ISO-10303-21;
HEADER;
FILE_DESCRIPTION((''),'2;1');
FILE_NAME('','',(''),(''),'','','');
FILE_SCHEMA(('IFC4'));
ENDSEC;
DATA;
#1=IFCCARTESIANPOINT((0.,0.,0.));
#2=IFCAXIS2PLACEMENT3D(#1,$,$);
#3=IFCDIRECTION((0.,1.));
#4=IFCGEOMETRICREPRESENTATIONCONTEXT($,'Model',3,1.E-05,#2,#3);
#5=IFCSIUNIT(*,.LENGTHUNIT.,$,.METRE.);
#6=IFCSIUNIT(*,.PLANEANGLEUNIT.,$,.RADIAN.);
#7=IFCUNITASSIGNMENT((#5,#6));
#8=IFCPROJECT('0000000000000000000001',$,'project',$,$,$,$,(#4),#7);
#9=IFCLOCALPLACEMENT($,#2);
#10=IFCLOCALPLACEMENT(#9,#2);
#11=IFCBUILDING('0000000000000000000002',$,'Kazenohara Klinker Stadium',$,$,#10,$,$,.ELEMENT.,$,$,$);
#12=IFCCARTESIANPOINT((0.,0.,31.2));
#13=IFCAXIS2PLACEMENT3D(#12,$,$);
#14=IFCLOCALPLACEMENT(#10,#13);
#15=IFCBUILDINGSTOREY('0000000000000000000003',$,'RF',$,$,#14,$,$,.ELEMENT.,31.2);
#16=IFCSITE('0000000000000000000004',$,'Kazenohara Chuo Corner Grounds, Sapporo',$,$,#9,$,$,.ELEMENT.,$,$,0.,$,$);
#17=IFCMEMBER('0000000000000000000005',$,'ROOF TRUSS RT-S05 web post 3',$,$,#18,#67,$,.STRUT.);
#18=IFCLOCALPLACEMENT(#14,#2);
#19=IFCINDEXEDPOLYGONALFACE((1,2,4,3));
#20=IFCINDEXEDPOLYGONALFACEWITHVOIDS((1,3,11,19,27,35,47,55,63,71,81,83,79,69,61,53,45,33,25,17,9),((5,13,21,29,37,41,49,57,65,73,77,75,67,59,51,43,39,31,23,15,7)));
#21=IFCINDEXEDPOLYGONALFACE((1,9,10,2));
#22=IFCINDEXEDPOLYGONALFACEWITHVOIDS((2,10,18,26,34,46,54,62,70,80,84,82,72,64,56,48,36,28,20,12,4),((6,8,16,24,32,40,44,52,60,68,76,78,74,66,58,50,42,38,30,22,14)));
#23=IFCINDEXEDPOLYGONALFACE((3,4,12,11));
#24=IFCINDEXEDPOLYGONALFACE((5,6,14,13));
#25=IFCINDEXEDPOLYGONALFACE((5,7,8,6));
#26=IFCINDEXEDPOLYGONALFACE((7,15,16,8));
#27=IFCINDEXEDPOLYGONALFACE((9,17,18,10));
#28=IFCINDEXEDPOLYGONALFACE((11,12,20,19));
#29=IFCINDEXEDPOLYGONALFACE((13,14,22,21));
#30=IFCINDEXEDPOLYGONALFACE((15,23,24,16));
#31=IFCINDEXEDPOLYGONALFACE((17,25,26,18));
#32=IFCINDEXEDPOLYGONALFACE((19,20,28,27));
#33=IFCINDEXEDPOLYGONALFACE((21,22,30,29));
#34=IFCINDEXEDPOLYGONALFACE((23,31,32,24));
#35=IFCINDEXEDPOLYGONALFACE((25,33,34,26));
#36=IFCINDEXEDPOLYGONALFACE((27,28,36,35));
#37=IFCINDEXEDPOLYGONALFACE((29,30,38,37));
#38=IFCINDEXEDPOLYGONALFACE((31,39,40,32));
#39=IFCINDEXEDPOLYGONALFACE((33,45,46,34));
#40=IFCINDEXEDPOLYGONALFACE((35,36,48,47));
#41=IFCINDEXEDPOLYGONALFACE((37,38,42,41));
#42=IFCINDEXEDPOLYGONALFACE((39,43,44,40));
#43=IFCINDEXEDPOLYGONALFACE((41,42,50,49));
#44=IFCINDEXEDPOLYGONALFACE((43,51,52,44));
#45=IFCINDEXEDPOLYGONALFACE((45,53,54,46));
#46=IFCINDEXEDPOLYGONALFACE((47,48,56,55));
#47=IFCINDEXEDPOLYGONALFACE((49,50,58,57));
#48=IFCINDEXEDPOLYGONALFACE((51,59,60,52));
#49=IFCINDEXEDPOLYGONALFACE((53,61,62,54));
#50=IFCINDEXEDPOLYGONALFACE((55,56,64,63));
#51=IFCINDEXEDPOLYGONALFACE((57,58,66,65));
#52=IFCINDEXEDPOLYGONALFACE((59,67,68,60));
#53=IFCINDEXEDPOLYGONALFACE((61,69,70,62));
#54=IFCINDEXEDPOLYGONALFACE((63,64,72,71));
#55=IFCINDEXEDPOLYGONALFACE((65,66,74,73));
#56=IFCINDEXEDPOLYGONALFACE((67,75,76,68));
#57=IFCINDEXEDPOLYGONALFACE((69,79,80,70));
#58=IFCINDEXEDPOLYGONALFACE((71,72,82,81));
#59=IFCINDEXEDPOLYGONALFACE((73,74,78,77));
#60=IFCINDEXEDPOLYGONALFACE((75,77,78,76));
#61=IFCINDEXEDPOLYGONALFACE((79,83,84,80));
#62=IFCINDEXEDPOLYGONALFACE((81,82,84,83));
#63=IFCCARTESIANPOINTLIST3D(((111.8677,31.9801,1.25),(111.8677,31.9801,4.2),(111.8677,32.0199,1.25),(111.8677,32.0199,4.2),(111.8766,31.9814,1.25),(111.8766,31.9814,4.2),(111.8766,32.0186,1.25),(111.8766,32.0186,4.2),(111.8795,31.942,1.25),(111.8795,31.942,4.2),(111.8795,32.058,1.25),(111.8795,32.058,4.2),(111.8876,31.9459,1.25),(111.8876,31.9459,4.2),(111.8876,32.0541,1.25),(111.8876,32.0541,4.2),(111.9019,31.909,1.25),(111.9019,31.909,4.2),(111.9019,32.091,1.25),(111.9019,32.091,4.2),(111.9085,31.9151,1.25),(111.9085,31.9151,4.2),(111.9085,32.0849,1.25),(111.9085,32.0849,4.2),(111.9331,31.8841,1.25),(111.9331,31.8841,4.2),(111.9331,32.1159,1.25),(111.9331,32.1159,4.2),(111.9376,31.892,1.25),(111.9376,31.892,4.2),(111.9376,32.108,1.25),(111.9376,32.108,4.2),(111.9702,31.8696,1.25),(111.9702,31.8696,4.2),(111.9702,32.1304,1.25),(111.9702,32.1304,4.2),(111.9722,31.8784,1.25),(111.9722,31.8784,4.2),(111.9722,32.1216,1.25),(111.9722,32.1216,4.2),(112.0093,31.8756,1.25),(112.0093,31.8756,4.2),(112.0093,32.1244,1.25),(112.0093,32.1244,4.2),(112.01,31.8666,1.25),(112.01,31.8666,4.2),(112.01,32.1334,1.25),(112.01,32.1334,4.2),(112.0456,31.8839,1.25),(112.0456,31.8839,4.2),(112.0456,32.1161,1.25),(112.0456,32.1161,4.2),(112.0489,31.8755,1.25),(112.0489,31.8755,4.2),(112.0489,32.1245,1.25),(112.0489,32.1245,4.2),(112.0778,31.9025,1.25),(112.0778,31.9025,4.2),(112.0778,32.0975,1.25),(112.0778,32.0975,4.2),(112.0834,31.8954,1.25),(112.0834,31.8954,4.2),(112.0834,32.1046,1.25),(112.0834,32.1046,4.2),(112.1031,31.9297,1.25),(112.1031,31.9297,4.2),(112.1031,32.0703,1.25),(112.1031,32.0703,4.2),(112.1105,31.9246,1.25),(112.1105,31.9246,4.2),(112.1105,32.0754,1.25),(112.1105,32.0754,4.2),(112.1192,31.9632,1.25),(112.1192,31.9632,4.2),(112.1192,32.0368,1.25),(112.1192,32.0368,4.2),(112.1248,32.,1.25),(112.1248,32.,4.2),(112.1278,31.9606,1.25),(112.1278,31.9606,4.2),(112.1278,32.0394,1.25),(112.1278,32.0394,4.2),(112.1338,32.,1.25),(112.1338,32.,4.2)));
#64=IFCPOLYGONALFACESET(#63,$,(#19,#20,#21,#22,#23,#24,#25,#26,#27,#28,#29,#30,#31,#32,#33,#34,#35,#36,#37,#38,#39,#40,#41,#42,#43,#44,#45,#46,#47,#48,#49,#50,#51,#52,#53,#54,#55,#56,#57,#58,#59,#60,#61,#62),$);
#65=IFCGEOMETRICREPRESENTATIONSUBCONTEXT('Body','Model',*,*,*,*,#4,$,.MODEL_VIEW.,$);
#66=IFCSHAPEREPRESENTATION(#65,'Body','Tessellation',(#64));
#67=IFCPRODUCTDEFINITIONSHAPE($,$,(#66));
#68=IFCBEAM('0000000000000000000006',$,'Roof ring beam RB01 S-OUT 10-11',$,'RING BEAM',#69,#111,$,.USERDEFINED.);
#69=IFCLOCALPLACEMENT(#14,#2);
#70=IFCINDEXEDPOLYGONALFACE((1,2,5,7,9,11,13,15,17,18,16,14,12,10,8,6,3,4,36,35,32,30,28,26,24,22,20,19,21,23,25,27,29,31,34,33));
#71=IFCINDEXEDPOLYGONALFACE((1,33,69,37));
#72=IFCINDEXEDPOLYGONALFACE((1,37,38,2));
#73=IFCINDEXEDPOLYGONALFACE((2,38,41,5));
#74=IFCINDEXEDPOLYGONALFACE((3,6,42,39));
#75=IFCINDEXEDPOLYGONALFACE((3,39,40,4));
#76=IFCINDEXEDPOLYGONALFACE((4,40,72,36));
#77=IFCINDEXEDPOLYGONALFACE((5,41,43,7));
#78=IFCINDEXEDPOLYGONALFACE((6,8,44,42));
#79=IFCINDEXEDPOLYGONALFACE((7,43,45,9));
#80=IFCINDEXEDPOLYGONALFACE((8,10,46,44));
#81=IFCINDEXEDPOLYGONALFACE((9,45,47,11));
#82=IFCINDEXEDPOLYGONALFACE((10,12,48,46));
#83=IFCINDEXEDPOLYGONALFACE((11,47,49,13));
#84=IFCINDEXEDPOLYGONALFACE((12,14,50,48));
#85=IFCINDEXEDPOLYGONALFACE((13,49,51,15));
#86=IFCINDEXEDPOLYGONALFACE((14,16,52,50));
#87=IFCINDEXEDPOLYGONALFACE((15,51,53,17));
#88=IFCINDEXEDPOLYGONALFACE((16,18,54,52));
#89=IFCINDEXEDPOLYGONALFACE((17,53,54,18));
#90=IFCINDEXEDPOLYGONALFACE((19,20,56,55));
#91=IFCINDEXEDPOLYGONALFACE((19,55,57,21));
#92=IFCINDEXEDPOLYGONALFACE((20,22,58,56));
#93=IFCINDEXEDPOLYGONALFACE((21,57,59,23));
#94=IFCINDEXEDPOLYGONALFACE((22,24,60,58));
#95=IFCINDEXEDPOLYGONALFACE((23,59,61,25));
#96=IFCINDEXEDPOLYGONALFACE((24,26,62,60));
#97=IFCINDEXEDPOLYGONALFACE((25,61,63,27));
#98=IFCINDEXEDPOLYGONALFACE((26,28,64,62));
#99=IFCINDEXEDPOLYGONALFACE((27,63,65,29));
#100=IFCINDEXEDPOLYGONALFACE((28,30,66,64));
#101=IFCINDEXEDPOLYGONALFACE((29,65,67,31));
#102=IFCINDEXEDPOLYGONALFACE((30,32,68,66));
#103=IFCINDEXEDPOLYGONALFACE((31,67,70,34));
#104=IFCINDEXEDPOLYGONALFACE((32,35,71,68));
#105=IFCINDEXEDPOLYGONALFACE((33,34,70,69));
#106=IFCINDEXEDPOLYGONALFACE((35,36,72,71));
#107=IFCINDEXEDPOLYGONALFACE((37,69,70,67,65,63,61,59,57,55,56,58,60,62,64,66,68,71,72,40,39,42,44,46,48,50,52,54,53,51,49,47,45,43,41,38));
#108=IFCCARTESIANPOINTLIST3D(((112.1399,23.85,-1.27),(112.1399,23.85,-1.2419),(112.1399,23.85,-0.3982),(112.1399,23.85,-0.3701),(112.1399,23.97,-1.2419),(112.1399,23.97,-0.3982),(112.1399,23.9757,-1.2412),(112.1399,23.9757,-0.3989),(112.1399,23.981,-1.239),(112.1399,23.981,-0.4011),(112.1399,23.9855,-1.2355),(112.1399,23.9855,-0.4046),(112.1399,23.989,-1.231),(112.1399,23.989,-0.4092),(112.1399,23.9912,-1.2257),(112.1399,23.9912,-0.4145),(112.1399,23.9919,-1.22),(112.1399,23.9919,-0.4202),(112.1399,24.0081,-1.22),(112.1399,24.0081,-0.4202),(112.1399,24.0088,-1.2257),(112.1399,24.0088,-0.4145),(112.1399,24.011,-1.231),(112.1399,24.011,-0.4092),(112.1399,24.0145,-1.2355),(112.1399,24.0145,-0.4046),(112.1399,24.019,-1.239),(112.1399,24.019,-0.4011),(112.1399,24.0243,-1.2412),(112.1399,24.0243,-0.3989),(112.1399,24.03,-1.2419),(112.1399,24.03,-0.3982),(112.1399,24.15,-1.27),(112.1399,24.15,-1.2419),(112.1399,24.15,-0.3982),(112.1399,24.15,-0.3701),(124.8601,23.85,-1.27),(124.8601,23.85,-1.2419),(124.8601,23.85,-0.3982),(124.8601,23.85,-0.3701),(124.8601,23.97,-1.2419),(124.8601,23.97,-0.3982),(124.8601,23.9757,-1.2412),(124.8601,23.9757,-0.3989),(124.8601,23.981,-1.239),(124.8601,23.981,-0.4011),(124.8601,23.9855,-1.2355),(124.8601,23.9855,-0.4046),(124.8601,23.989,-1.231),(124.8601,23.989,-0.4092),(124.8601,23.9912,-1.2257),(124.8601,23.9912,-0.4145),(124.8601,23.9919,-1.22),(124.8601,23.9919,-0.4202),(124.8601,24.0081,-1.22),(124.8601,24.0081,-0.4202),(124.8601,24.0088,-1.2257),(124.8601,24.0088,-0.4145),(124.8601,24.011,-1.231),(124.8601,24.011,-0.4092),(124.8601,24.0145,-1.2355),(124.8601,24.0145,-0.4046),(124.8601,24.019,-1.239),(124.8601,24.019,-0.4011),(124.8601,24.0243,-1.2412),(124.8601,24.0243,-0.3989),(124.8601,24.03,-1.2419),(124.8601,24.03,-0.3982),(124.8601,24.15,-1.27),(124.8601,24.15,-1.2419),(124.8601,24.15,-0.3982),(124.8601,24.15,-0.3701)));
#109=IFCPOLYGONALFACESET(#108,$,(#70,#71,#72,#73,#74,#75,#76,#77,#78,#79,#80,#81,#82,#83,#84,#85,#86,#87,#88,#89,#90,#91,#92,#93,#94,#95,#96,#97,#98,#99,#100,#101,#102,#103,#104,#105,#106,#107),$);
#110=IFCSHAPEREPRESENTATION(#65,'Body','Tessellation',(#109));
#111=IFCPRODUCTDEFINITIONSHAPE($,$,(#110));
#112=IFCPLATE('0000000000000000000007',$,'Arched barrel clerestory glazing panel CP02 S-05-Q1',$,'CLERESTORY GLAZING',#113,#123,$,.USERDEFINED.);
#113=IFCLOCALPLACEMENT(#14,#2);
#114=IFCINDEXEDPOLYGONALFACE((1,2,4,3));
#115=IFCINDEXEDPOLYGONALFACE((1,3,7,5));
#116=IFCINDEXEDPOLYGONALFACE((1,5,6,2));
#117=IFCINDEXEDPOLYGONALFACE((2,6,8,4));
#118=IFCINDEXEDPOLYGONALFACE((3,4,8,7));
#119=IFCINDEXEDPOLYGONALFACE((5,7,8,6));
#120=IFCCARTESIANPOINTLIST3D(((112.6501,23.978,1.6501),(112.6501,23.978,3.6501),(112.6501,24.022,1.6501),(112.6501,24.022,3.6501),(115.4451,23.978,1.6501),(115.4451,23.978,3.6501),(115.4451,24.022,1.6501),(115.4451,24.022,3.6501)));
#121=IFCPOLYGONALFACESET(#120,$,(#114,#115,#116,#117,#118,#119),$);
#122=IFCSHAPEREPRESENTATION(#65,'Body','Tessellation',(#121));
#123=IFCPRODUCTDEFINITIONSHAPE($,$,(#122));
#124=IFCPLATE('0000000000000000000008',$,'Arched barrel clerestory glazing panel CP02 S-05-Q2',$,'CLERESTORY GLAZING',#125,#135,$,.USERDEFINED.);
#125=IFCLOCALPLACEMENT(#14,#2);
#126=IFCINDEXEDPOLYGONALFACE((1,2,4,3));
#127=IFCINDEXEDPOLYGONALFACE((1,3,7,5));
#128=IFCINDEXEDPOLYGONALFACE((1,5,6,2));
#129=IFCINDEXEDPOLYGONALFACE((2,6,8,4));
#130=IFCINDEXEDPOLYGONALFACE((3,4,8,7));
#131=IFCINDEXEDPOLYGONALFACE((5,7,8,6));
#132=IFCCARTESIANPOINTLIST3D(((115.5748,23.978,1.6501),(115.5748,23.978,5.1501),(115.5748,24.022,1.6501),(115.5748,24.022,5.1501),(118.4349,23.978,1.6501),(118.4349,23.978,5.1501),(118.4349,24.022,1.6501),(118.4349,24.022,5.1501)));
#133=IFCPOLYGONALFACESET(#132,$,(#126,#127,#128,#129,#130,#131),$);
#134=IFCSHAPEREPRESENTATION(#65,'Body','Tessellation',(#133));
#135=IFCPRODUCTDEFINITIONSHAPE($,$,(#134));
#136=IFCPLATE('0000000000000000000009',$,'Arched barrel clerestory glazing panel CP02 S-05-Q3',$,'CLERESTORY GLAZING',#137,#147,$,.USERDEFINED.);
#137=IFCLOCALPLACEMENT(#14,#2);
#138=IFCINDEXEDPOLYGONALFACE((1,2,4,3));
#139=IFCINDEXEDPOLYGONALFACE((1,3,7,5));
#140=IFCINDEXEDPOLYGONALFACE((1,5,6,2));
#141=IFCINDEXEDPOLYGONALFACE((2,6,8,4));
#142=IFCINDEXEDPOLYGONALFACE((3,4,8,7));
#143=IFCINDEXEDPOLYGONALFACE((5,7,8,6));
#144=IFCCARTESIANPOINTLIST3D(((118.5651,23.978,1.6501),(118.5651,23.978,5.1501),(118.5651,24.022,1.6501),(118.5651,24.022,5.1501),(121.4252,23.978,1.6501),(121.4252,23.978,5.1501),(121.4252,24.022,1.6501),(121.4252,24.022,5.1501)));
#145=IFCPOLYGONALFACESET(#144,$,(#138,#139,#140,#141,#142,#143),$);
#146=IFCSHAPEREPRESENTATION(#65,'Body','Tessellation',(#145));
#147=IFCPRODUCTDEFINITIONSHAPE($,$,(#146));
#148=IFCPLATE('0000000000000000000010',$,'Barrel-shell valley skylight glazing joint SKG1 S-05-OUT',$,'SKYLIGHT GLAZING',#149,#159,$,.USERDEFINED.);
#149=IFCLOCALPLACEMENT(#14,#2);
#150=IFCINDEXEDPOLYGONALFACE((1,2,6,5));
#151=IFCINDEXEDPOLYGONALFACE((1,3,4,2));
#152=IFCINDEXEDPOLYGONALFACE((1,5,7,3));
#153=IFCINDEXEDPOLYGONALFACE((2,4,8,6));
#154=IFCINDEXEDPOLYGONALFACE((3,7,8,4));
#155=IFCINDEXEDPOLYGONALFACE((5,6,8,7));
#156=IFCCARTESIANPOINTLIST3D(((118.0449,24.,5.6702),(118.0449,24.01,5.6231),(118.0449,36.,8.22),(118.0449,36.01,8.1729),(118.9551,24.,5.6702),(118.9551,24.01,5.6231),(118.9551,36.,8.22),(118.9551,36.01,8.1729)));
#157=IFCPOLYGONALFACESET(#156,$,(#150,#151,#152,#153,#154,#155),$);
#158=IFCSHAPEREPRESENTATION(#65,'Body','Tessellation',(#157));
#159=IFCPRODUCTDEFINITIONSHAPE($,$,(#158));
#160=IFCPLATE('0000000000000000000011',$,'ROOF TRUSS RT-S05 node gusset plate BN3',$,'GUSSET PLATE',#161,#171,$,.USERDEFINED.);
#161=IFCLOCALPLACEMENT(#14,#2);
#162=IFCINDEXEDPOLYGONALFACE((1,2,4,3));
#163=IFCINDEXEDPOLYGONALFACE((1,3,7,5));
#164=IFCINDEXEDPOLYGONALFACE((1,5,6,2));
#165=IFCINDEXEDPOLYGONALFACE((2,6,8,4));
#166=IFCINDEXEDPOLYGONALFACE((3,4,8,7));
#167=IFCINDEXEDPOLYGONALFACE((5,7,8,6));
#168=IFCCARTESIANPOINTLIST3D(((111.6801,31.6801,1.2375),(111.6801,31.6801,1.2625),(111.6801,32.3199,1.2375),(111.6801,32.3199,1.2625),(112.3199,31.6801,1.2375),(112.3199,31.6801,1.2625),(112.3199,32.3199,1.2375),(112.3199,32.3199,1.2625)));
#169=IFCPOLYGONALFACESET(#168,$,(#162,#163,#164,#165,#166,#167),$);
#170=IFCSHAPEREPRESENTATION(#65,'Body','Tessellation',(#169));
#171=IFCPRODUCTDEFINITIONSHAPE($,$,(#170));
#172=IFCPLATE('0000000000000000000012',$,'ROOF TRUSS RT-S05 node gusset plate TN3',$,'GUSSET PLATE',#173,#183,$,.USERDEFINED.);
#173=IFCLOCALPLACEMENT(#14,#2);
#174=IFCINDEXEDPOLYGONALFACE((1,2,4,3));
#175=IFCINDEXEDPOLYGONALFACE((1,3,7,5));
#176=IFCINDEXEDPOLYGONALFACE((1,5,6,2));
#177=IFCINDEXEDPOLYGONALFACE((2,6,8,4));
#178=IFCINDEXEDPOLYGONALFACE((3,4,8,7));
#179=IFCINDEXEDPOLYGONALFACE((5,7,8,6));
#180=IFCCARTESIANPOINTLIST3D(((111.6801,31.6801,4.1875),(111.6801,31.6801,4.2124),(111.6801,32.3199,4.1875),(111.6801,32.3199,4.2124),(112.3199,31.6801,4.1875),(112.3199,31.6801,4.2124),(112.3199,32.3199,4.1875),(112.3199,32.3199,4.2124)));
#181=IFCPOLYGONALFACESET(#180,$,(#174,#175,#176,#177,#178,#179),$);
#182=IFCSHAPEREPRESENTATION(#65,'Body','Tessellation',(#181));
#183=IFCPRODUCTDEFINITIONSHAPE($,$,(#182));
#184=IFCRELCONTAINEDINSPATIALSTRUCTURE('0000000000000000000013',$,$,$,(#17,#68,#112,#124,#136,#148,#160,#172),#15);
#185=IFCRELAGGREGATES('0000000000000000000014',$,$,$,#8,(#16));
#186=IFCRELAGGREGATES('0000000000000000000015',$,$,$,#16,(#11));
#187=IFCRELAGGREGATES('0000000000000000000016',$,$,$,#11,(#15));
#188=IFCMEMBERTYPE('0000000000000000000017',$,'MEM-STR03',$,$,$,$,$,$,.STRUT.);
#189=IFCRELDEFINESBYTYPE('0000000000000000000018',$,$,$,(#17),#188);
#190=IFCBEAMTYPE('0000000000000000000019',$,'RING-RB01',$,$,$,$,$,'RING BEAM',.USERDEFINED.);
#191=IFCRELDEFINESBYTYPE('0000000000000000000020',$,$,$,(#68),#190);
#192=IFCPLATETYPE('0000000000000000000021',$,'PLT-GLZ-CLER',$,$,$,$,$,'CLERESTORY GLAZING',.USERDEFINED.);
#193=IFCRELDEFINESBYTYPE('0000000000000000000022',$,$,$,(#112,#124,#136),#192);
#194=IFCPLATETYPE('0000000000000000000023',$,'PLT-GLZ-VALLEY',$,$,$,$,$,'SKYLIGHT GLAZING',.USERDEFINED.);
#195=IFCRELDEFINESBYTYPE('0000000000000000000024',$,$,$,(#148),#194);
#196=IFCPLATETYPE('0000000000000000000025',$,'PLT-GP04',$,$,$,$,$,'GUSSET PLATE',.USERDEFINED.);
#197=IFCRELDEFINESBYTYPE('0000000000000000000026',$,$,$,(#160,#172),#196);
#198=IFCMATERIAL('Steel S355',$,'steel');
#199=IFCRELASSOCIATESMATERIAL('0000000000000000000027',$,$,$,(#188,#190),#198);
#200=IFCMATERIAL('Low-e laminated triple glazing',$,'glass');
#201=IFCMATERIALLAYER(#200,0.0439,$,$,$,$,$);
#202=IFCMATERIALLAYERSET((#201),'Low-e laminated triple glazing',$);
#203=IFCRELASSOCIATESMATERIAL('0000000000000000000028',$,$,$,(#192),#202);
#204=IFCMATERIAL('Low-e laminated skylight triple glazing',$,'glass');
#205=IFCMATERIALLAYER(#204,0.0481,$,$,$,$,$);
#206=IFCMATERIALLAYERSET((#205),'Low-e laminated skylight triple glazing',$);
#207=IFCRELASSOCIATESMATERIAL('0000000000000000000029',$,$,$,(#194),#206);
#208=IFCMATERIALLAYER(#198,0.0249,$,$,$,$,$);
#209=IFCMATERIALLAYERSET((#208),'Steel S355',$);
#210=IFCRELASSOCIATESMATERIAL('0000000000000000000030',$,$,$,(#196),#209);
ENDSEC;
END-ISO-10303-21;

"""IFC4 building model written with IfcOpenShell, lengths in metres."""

from ifc_helpers import new_model, si_unit, direction, frame, origin, origin_2d, place, context, subcontext, project, spatial, polyline, rectangle, hollow_circle, i_section, outline, extrude, material, layer, layer_set, material_profile, profile_set, type_object, element, save


model = new_model("IFC4")

# Units and contexts
model_context = context("Model", 3, precision=1e-05, world=origin(), true_north=direction((0.0, 1.0)))
body_context = subcontext(model_context, "Body", "Model", "MODEL_VIEW")
ifc_project = project(units=[si_unit("LENGTHUNIT", "METRE"), si_unit("PLANEANGLEUNIT", "RADIAN")], contexts=[model_context])

# Site, building, storey
site_placement = place(None, origin())
site = spatial("IfcSite", under=ifc_project, at=site_placement, Name="Kazenohara Chuo Corner Grounds, Sapporo", CompositionType="ELEMENT", RefElevation=0.0)
building_placement = place(site_placement, origin())
building = spatial("IfcBuilding", under=site, at=building_placement, Name="Kazenohara Klinker Stadium", CompositionType="ELEMENT")
storey_placement = place(building_placement, frame((0.0, 0.0, 31.2)))
storey = spatial("IfcBuildingStorey", under=building, at=storey_placement, Name="RF", CompositionType="ELEMENT", Elevation=31.2)

# Member
ifc_material_1 = material(Name="Steel S355", Category="steel")
ifc_material_profile_1 = material_profile(ifc_material_1, hollow_circle(Radius=0.1338, WallThickness=0.009, at=origin_2d()), Name="CHS-267.4x9")
ifc_profile_set_1 = profile_set([ifc_material_profile_1], Name="Steel S355")
member_type_1 = type_object("IfcMemberType", Name="MEM-STR03", PredefinedType="STRUT", material=ifc_profile_set_1)
member_1_placement = place(storey_placement, frame((112.0, 32.0, 1.25), z_axis=(0.0, 0.0, 1.0), x_axis=(1.0, 0.0, 0.0)))
element("IfcMember", 1, at=member_1_placement, inside=storey, type_object=member_type_1, Name="ROOF TRUSS RT-S05 web post 3", PredefinedType="STRUT", context=body_context, shape_type="SweptSolid", body=[
    extrude(hollow_circle(Radius=0.1338, WallThickness=0.009, at=origin_2d()), origin(), (0.0, 0.0, 1.0), 2.95),
])

# Beam
ifc_material_profile_2 = material_profile(ifc_material_1, i_section(OverallWidth=0.3, OverallDepth=0.8999, WebThickness=0.0161, FlangeThickness=0.0281, FilletRadius=0.022, at=origin_2d()), Name="H-900x300x16x28")
ifc_profile_set_2 = profile_set([ifc_material_profile_2], Name="Steel S355")
beam_type = type_object("IfcBeamType", Name="RING-RB01", ElementType="RING BEAM", PredefinedType="USERDEFINED", material=ifc_profile_set_2)
beam_placement = place(storey_placement, frame((112.1399, 24.0, -0.8201), z_axis=(1.0, 0.0, 0.0), x_axis=(0.0, 1.0, 0.0)))
element("IfcBeam", 2, at=beam_placement, inside=storey, type_object=beam_type, Name="Roof ring beam RB01 S-OUT 10-11", ObjectType="RING BEAM", PredefinedType="USERDEFINED", context=body_context, shape_type="SweptSolid", body=[
    extrude(i_section(OverallWidth=0.3, OverallDepth=0.8999, WebThickness=0.0161, FlangeThickness=0.0281, FilletRadius=0.022, at=origin_2d()), origin(), (0.0, 0.0, 1.0), 12.7202),
])

# Plates
ifc_material_2 = material(Name="Low-e laminated triple glazing", Category="glass")
ifc_layer_1 = layer(ifc_material_2, 0.0439)
ifc_layer_set_1 = layer_set([ifc_layer_1], Name="Low-e laminated triple glazing")
plate_type_1 = type_object("IfcPlateType", Name="PLT-GLZ-CLER", ElementType="CLERESTORY GLAZING", PredefinedType="USERDEFINED", material=ifc_layer_set_1)
plate_1_placement = place(storey_placement, frame((114.0476, 24.0, 1.6501), z_axis=(0.0, 0.0, 1.0), x_axis=(1.0, 0.0, 0.0)))
element("IfcPlate", 3, at=plate_1_placement, inside=storey, type_object=plate_type_1, Name="Arched barrel clerestory glazing panel CP02 S-05-Q1", ObjectType="CLERESTORY GLAZING", PredefinedType="USERDEFINED", context=body_context, shape_type="SweptSolid", body=[
    extrude(rectangle(XDim=2.7949, YDim=0.0439, at=origin_2d()), origin(), (0.0, 0.0, 1.0), 2.0),
])
for number, where, z_axis, x_axis, name in (
    (4, (117.0049, 24.0, 1.6501), (0.0, 0.0, 1.0), (1.0, 0.0, 0.0), "Arched barrel clerestory glazing panel CP02 S-05-Q2"),
    (5, (119.9951, 24.0, 1.6501), (0.0, 0.0, 1.0), (1.0, 0.0, 0.0), "Arched barrel clerestory glazing panel CP02 S-05-Q3"),
):
    element("IfcPlate", number, at=place(storey_placement, frame(where, z_axis=z_axis, x_axis=x_axis)), inside=storey, type_object=plate_type_1, Name=name, ObjectType="CLERESTORY GLAZING", PredefinedType="USERDEFINED", context=body_context, shape_type="SweptSolid", body=[
        extrude(rectangle(XDim=2.8601, YDim=0.0439, at=origin_2d()), origin(), (0.0, 0.0, 1.0), 3.5),
    ])
ifc_material_3 = material(Name="Low-e laminated skylight triple glazing", Category="glass")
ifc_layer_2 = layer(ifc_material_3, 0.0481)
ifc_layer_set_2 = layer_set([ifc_layer_2], Name="Low-e laminated skylight triple glazing")
plate_type_2 = type_object("IfcPlateType", Name="PLT-GLZ-VALLEY", ElementType="SKYLIGHT GLAZING", PredefinedType="USERDEFINED", material=ifc_layer_set_2)
plate_2_placement = place(storey_placement, frame((118.0449, 24.0, 5.6702), z_axis=(0.0, -0.207844, 0.978162), x_axis=(0.0, 0.978162, 0.207844)))
element("IfcPlate", 6, at=plate_2_placement, inside=storey, type_object=plate_type_2, Name="Barrel-shell valley skylight glazing joint SKG1 S-05-OUT", ObjectType="SKYLIGHT GLAZING", PredefinedType="USERDEFINED", context=body_context, shape_type="SweptSolid", body=[
    extrude(outline(polyline([(0.0, 0.0), (12.2679, 0.0), (12.2679, -0.9102), (0.0, -0.9102), (0.0, 0.0)])), origin(), (0.0, 0.0, -1.0), 0.0481),
])
ifc_layer_3 = layer(ifc_material_1, 0.0249)
ifc_layer_set_3 = layer_set([ifc_layer_3], Name="Steel S355")
plate_type_3 = type_object("IfcPlateType", Name="PLT-GP04", ElementType="GUSSET PLATE", PredefinedType="USERDEFINED", material=ifc_layer_set_3)
for number, where, z_axis, x_axis, name in (
    (7, (112.0, 32.0, 1.2375), (0.0, 0.0, 1.0), (1.0, 0.0, 0.0), "ROOF TRUSS RT-S05 node gusset plate BN3"),
    (8, (112.0, 32.0, 4.1875), (0.0, 0.0, 1.0), (1.0, 0.0, 0.0), "ROOF TRUSS RT-S05 node gusset plate TN3"),
):
    element("IfcPlate", number, at=place(storey_placement, frame(where, z_axis=z_axis, x_axis=x_axis)), inside=storey, type_object=plate_type_3, Name=name, ObjectType="GUSSET PLATE", PredefinedType="USERDEFINED", context=body_context, shape_type="SweptSolid", body=[
        extrude(rectangle(XDim=0.6399, YDim=0.6399, at=origin_2d()), origin(), (0.0, 0.0, 1.0), 0.0249),
    ])

save(model, "model.ifc")
